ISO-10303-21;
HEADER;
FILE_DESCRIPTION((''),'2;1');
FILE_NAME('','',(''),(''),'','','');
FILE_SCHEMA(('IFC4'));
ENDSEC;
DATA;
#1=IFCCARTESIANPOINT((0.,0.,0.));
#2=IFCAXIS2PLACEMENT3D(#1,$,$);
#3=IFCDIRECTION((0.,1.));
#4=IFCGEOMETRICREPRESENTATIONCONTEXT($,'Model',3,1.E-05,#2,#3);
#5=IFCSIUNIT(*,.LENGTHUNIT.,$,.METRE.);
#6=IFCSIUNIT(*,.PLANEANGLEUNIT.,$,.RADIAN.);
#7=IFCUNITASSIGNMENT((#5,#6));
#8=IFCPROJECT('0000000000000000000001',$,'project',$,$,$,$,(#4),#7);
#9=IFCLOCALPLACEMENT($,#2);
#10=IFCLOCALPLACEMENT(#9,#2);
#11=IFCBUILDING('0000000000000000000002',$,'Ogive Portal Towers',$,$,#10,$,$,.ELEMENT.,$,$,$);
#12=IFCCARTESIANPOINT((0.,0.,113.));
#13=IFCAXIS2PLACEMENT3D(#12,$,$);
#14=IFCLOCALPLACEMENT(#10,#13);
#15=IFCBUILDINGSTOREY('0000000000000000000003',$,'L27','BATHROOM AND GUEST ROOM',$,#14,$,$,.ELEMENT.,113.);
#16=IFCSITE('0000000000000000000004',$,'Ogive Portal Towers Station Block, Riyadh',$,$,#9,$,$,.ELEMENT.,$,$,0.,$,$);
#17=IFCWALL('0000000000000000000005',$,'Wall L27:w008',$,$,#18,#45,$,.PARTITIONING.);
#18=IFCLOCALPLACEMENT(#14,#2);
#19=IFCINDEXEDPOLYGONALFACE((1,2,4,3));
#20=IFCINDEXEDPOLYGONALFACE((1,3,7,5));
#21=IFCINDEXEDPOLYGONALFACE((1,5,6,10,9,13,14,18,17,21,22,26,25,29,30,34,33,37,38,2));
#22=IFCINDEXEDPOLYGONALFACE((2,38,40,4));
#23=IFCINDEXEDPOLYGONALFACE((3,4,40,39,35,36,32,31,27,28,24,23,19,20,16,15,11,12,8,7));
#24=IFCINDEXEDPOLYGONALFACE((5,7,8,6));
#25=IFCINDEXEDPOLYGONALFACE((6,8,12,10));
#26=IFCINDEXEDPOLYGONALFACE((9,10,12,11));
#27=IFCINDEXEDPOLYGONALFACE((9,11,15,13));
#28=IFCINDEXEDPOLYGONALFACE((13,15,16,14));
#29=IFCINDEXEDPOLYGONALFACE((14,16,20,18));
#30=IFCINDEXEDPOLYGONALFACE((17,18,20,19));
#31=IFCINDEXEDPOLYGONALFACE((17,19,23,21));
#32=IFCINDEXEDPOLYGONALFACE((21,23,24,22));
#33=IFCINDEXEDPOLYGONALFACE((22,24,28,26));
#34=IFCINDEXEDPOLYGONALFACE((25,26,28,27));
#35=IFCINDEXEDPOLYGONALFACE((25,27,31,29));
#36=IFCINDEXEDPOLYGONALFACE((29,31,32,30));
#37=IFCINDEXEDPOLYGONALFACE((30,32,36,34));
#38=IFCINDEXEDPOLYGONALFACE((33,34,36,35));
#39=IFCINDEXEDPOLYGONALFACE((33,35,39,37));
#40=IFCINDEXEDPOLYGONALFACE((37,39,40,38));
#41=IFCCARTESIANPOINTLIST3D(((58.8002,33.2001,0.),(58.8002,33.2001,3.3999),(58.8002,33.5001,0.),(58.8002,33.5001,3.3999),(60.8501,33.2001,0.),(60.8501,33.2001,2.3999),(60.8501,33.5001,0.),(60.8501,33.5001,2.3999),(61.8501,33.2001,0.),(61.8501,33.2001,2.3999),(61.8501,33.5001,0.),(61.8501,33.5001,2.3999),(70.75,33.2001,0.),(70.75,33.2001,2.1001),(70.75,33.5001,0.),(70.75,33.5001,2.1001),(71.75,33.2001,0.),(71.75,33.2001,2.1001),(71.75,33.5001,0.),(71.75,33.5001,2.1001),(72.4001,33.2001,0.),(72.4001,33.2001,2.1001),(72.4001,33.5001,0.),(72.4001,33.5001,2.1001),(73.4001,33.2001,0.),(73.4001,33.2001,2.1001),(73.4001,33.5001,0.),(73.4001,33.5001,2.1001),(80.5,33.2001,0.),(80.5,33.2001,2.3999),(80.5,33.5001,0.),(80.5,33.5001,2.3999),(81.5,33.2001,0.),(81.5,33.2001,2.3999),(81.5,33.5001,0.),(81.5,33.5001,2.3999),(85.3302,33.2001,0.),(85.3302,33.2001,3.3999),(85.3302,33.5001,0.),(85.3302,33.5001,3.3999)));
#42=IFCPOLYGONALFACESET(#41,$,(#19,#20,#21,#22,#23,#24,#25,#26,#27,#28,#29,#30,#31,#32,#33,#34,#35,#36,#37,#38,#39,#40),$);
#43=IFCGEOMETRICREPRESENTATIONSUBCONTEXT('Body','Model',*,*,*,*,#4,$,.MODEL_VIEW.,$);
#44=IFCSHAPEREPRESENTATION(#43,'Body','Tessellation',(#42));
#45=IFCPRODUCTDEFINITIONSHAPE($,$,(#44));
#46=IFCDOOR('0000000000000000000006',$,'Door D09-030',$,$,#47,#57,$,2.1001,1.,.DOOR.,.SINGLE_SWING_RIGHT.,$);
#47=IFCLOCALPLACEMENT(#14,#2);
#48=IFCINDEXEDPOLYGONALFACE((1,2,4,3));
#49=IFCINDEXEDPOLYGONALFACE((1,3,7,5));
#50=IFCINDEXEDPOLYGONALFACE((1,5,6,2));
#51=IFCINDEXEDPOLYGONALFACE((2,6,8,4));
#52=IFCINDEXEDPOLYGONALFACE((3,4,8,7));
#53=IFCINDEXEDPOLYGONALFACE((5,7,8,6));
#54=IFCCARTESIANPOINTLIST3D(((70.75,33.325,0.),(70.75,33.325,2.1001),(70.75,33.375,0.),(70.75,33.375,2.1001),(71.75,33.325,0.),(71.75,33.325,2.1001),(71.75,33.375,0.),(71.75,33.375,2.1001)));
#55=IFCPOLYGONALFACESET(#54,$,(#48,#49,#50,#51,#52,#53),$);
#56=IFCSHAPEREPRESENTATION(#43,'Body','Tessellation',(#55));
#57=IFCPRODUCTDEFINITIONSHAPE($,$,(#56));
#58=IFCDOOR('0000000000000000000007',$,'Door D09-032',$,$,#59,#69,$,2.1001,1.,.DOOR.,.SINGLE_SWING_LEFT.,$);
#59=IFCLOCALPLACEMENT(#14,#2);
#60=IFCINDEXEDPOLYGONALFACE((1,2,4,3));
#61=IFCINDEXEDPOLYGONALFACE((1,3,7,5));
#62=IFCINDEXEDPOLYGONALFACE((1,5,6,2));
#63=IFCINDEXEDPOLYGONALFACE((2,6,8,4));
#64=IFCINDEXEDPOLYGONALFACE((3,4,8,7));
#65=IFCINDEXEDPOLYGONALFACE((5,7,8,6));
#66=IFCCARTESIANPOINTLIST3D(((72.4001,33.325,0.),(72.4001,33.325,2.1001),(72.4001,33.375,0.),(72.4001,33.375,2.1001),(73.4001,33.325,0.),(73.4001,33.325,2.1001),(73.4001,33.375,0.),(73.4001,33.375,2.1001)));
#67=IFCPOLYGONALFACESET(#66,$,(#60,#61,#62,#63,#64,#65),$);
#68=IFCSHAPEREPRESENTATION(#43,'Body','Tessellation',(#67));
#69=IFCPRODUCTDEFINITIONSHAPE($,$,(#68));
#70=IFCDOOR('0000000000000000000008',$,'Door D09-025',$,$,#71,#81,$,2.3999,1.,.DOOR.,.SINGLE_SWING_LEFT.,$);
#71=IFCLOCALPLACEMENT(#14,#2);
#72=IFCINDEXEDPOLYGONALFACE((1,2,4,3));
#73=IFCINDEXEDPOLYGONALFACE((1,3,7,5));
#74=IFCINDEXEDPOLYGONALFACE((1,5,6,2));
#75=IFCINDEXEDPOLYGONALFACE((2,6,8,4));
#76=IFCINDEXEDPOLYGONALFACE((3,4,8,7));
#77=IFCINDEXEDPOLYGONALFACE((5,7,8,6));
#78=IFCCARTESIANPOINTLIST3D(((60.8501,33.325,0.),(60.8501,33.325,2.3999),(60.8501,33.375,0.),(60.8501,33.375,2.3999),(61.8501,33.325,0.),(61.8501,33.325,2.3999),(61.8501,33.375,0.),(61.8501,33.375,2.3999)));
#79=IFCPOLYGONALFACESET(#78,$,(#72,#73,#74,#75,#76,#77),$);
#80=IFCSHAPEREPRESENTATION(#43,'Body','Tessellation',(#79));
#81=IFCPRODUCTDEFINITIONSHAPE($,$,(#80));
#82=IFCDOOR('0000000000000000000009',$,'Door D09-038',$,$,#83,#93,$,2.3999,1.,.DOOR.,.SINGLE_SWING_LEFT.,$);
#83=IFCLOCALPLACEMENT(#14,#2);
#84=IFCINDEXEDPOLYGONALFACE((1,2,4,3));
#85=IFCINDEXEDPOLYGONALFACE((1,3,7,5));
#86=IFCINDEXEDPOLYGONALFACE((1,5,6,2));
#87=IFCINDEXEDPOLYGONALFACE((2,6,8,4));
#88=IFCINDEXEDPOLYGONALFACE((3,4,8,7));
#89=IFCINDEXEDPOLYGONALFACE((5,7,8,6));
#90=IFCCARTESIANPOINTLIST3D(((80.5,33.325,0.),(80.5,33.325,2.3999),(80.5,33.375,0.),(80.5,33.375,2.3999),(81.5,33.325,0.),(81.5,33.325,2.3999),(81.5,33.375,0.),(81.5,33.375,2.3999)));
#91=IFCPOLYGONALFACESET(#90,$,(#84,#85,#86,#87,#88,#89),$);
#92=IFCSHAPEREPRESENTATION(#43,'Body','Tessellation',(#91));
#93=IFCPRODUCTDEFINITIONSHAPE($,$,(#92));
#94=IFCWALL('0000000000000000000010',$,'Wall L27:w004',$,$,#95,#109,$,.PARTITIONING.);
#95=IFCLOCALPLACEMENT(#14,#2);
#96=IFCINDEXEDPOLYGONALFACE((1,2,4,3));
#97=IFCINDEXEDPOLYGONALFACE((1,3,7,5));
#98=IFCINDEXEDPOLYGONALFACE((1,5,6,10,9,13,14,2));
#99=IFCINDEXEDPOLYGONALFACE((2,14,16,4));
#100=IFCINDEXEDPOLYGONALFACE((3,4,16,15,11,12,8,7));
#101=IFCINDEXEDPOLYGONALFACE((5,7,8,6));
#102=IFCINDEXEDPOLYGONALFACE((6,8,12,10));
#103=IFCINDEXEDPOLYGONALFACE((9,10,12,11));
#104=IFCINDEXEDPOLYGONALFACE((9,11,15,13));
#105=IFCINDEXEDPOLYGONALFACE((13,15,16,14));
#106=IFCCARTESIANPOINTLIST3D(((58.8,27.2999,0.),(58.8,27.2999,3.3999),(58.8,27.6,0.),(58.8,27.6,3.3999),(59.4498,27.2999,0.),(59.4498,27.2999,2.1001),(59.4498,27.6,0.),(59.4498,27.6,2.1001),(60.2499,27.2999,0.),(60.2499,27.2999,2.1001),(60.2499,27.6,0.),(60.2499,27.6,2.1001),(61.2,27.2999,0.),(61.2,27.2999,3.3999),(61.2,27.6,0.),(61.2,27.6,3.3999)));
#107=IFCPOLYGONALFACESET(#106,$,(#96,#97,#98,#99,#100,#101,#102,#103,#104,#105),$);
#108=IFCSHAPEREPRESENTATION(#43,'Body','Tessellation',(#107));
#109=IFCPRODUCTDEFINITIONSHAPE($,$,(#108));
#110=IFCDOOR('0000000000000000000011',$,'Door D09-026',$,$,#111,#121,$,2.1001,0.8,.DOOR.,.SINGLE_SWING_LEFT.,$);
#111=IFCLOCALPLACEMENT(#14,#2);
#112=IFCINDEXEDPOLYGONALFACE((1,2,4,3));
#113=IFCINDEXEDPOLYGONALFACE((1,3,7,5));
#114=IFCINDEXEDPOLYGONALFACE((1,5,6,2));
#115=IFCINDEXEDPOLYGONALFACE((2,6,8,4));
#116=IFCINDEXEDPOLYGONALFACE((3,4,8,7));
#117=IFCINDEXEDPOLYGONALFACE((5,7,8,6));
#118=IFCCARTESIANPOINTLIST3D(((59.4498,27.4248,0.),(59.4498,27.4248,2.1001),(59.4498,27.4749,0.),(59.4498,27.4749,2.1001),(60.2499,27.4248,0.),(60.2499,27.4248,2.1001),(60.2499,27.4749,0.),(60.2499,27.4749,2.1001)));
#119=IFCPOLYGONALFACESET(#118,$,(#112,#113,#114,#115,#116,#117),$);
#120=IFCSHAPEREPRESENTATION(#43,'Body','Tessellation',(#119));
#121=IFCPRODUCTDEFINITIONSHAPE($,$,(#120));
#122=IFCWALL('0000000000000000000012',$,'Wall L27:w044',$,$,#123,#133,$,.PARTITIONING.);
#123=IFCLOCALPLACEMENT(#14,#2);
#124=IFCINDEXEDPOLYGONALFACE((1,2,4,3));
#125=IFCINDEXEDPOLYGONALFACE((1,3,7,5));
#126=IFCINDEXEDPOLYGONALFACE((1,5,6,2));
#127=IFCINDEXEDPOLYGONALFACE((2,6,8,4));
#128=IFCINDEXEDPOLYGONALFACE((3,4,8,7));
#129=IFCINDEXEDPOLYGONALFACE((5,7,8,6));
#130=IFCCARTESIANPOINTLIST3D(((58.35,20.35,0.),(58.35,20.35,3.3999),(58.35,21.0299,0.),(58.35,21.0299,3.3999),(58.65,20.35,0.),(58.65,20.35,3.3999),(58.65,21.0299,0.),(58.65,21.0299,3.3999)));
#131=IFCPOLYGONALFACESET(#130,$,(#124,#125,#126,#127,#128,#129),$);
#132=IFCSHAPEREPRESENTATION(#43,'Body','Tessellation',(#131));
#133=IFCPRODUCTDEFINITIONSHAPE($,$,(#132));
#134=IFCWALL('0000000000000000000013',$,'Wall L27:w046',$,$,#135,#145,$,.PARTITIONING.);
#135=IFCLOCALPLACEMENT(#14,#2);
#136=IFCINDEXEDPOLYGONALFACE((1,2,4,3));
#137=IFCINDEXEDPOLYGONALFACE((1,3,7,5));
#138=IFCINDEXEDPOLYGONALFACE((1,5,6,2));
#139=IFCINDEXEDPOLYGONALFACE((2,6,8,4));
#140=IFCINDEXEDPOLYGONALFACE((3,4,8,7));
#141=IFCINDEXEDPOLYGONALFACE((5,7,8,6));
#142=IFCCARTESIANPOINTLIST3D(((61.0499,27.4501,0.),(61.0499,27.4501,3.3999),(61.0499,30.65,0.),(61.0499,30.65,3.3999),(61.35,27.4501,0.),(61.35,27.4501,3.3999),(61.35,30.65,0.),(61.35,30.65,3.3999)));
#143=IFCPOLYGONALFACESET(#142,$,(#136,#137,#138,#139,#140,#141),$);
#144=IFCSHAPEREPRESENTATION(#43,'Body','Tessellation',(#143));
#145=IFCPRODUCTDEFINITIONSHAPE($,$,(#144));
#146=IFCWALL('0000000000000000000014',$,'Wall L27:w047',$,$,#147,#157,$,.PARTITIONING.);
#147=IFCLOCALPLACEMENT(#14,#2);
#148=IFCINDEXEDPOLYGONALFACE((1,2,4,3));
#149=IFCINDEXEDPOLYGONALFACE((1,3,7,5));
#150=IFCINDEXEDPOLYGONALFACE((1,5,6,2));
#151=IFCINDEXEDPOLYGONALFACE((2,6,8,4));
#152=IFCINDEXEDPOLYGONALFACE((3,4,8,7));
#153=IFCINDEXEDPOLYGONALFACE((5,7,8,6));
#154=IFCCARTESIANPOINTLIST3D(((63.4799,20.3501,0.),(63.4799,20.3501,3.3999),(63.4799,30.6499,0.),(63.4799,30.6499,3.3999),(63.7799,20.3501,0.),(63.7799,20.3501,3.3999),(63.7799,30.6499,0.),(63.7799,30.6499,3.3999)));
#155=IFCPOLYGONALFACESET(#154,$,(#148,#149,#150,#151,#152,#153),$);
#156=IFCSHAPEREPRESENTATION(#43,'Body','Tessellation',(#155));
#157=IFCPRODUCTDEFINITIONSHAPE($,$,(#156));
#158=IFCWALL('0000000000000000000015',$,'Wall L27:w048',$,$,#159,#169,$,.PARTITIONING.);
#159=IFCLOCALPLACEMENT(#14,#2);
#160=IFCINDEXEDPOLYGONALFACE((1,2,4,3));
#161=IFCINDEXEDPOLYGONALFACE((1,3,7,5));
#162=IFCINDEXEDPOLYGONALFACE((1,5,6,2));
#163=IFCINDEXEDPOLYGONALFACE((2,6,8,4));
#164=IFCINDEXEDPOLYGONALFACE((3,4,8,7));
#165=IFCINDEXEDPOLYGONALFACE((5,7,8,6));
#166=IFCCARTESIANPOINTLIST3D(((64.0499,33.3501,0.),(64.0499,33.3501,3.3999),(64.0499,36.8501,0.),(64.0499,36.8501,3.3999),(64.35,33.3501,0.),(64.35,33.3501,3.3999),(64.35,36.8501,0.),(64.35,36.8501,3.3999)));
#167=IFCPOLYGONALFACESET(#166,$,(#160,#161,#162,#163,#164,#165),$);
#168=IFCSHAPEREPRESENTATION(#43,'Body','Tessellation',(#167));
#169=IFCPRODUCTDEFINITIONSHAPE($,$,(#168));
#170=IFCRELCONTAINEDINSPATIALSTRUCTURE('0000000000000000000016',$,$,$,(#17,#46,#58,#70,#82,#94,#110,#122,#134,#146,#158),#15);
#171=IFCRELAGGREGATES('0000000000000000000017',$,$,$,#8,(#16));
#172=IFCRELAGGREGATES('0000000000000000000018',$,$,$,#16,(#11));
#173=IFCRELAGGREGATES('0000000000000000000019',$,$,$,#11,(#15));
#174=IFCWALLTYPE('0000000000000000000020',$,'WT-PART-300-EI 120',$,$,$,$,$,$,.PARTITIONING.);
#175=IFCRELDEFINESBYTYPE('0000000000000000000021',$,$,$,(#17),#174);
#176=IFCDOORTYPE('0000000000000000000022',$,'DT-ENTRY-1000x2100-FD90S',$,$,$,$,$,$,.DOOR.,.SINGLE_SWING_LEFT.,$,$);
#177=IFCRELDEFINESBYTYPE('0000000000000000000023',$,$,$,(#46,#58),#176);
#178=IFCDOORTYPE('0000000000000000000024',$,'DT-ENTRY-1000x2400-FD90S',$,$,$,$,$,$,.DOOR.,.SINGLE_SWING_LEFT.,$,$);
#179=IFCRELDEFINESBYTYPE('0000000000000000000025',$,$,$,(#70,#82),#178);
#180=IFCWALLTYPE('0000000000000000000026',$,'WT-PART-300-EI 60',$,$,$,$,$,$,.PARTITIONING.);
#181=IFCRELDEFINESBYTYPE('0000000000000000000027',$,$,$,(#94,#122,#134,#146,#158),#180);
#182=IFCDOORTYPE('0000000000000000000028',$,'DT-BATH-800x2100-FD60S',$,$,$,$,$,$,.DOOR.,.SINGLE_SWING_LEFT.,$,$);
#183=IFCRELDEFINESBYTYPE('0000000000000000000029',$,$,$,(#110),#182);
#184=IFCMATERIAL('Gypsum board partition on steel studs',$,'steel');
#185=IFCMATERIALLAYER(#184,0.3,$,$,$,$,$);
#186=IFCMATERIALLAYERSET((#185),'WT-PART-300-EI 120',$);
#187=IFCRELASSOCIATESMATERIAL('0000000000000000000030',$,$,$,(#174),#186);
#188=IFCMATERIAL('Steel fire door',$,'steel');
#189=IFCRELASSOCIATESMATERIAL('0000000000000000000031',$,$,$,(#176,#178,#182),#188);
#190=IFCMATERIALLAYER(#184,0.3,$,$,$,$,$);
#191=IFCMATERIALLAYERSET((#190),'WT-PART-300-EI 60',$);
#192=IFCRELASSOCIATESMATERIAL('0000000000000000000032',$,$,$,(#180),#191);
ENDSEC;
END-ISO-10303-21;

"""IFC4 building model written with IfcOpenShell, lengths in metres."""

from ifc_helpers import new_model, si_unit, direction, frame, frame_2d, origin, place, context, subcontext, project, spatial, rectangle, extrude, material, layer, layer_set, type_object, element, fill, save


model = new_model("IFC4")

# Units and contexts
model_context = context("Model", 3, precision=1e-05, world=origin(), true_north=direction((0.0, 1.0)))
body_context = subcontext(model_context, "Body", "Model", "MODEL_VIEW")
ifc_project = project(units=[si_unit("LENGTHUNIT", "METRE"), si_unit("PLANEANGLEUNIT", "RADIAN")], contexts=[model_context])

# Site, building, storey
site_placement = place(None, origin())
site = spatial("IfcSite", under=ifc_project, at=site_placement, Name="Ogive Portal Towers Station Block, Riyadh", CompositionType="ELEMENT", RefElevation=0.0)
building_placement = place(site_placement, origin())
building = spatial("IfcBuilding", under=site, at=building_placement, Name="Ogive Portal Towers", CompositionType="ELEMENT")
storey_placement = place(building_placement, frame((0.0, 0.0, 113.0)))
storey = spatial("IfcBuildingStorey", under=building, at=storey_placement, Name="L27", Description="BATHROOM AND GUEST ROOM", CompositionType="ELEMENT", Elevation=113.0)

# Shared definitions
ifc_material_1 = material(Name="Steel fire door", Category="steel")

# Wall, openings, doors
ifc_material_2 = material(Name="Gypsum board partition on steel studs", Category="steel")
ifc_layer_1 = layer(ifc_material_2, 0.3)
ifc_layer_set_1 = layer_set([ifc_layer_1], Name="WT-PART-300-EI 120")
wall_type_1 = type_object("IfcWallType", Name="WT-PART-300-EI 120", PredefinedType="PARTITIONING", material=ifc_layer_set_1)
door_type_1 = type_object("IfcDoorType", Name="DT-ENTRY-1000x2100-FD90S", OperationType="SINGLE_SWING_LEFT", PredefinedType="DOOR", material=ifc_material_1)
door_type_2 = type_object("IfcDoorType", Name="DT-ENTRY-1000x2400-FD90S", OperationType="SINGLE_SWING_LEFT", PredefinedType="DOOR", material=ifc_material_1)
wall_1_placement = place(storey_placement, frame((58.8, 33.3501, 0.0), z_axis=(0.0, 0.0, 1.0), x_axis=(1.0, 0.0, 0.0)))
wall_1 = element("IfcWall", 1, at=wall_1_placement, inside=storey, type_object=wall_type_1, Name="Wall L27:w008", PredefinedType="PARTITIONING", context=body_context, shape_type="SweptSolid", body=[
    extrude(rectangle(XDim=26.53, YDim=0.3, at=frame_2d((13.2651, 0.0))), origin(), (0.0, 0.0, 1.0), 3.3999),
])
opening_1_placement = place(wall_1_placement, frame((2.05, 0.0, 0.0)))
opening_1 = element("IfcOpeningElement", 2, at=opening_1_placement, cuts=wall_1, PredefinedType="OPENING", context=body_context, shape_type="SweptSolid", body=[
    extrude(rectangle(XDim=1.0, YDim=2.3999, at=frame_2d((0.5, 1.2))), frame((0.0, 0.1602, 0.0), z_axis=(0.0, -1.0, 0.0), x_axis=(1.0, 0.0, 0.0)), (0.0, 0.0, 1.0), 0.3201),
])
opening_2_placement = place(wall_1_placement, frame((11.95, 0.0, 0.0)))
opening_2 = element("IfcOpeningElement", 3, at=opening_2_placement, cuts=wall_1, PredefinedType="OPENING", context=body_context, shape_type="SweptSolid", body=[
    extrude(rectangle(XDim=1.0, YDim=2.1001, at=frame_2d((0.5, 1.05))), frame((0.0, 0.1602, 0.0), z_axis=(0.0, -1.0, 0.0), x_axis=(1.0, 0.0, 0.0)), (0.0, 0.0, 1.0), 0.3201),
])
opening_3_placement = place(wall_1_placement, frame((13.6001, 0.0, 0.0)))
opening_3 = element("IfcOpeningElement", 4, at=opening_3_placement, cuts=wall_1, PredefinedType="OPENING", context=body_context, shape_type="SweptSolid", body=[
    extrude(rectangle(XDim=1.0, YDim=2.1001, at=frame_2d((0.5, 1.05))), frame((0.0, 0.1602, 0.0), z_axis=(0.0, -1.0, 0.0), x_axis=(1.0, 0.0, 0.0)), (0.0, 0.0, 1.0), 0.3201),
])
opening_4_placement = place(wall_1_placement, frame((21.7, 0.0, 0.0)))
opening_4 = element("IfcOpeningElement", 5, at=opening_4_placement, cuts=wall_1, PredefinedType="OPENING", context=body_context, shape_type="SweptSolid", body=[
    extrude(rectangle(XDim=1.0, YDim=2.3999, at=frame_2d((0.5, 1.2))), frame((0.0, 0.1602, 0.0), z_axis=(0.0, -1.0, 0.0), x_axis=(1.0, 0.0, 0.0)), (0.0, 0.0, 1.0), 0.3201),
])
door_1_placement = place(opening_2_placement, origin())
door_1 = element("IfcDoor", 6, at=door_1_placement, inside=storey, type_object=door_type_1, Name="Door D09-030", OperationType="SINGLE_SWING_RIGHT", OverallHeight=2.1001, OverallWidth=1.0, PredefinedType="DOOR", context=body_context, shape_type="SweptSolid", body=[
    extrude(rectangle(XDim=1.0, YDim=2.1001, at=frame_2d((0.5, 1.05))), frame((0.0, 0.0249, 0.0), z_axis=(0.0, -1.0, 0.0), x_axis=(1.0, 0.0, 0.0)), (0.0, 0.0, 1.0), 0.05),
])
fill(opening_2, door_1)
door_2_placement = place(opening_3_placement, origin())
door_2 = element("IfcDoor", 7, at=door_2_placement, inside=storey, type_object=door_type_1, Name="Door D09-032", OperationType="SINGLE_SWING_LEFT", OverallHeight=2.1001, OverallWidth=1.0, PredefinedType="DOOR", context=body_context, shape_type="SweptSolid", body=[
    extrude(rectangle(XDim=1.0, YDim=2.1001, at=frame_2d((0.5, 1.05))), frame((0.0, 0.0249, 0.0), z_axis=(0.0, -1.0, 0.0), x_axis=(1.0, 0.0, 0.0)), (0.0, 0.0, 1.0), 0.05),
])
fill(opening_3, door_2)
door_3_placement = place(opening_1_placement, origin())
door_3 = element("IfcDoor", 8, at=door_3_placement, inside=storey, type_object=door_type_2, Name="Door D09-025", OperationType="SINGLE_SWING_LEFT", OverallHeight=2.3999, OverallWidth=1.0, PredefinedType="DOOR", context=body_context, shape_type="SweptSolid", body=[
    extrude(rectangle(XDim=1.0, YDim=2.3999, at=frame_2d((0.5, 1.2))), frame((0.0, 0.0249, 0.0), z_axis=(0.0, -1.0, 0.0), x_axis=(1.0, 0.0, 0.0)), (0.0, 0.0, 1.0), 0.05),
])
fill(opening_1, door_3)
door_4_placement = place(opening_4_placement, origin())
door_4 = element("IfcDoor", 9, at=door_4_placement, inside=storey, type_object=door_type_2, Name="Door D09-038", OperationType="SINGLE_SWING_LEFT", OverallHeight=2.3999, OverallWidth=1.0, PredefinedType="DOOR", context=body_context, shape_type="SweptSolid", body=[
    extrude(rectangle(XDim=1.0, YDim=2.3999, at=frame_2d((0.5, 1.2))), frame((0.0, 0.0249, 0.0), z_axis=(0.0, -1.0, 0.0), x_axis=(1.0, 0.0, 0.0)), (0.0, 0.0, 1.0), 0.05),
])
fill(opening_4, door_4)

# Wall, opening, door
ifc_layer_2 = layer(ifc_material_2, 0.3)
ifc_layer_set_2 = layer_set([ifc_layer_2], Name="WT-PART-300-EI 60")
wall_type_2 = type_object("IfcWallType", Name="WT-PART-300-EI 60", PredefinedType="PARTITIONING", material=ifc_layer_set_2)
wall_2_placement = place(storey_placement, frame((58.8, 27.45, 0.0), z_axis=(0.0, 0.0, 1.0), x_axis=(1.0, 0.0, 0.0)))
wall_2 = element("IfcWall", 10, at=wall_2_placement, inside=storey, type_object=wall_type_2, Name="Wall L27:w004", PredefinedType="PARTITIONING", context=body_context, shape_type="SweptSolid", body=[
    extrude(rectangle(XDim=2.3999, YDim=0.3, at=frame_2d((1.2, 0.0))), origin(), (0.0, 0.0, 1.0), 3.3999),
])
opening_5_placement = place(wall_2_placement, frame((0.6499, 0.0, 0.0)))
opening_5 = element("IfcOpeningElement", 11, at=opening_5_placement, cuts=wall_2, PredefinedType="OPENING", context=body_context, shape_type="SweptSolid", body=[
    extrude(rectangle(XDim=0.8, YDim=2.1001, at=frame_2d((0.3999, 1.05))), frame((0.0, 0.1602, 0.0), z_axis=(0.0, -1.0, 0.0), x_axis=(1.0, 0.0, 0.0)), (0.0, 0.0, 1.0), 0.3201),
])
door_type_3 = type_object("IfcDoorType", Name="DT-BATH-800x2100-FD60S", OperationType="SINGLE_SWING_LEFT", PredefinedType="DOOR", material=ifc_material_1)
door_5_placement = place(opening_5_placement, origin())
door_5 = element("IfcDoor", 12, at=door_5_placement, inside=storey, type_object=door_type_3, Name="Door D09-026", OperationType="SINGLE_SWING_LEFT", OverallHeight=2.1001, OverallWidth=0.8, PredefinedType="DOOR", context=body_context, shape_type="SweptSolid", body=[
    extrude(rectangle(XDim=0.8, YDim=2.1001, at=frame_2d((0.3999, 1.05))), frame((0.0, 0.0249, 0.0), z_axis=(0.0, -1.0, 0.0), x_axis=(1.0, 0.0, 0.0)), (0.0, 0.0, 1.0), 0.05),
])
fill(opening_5, door_5)

# Walls
wall_3_placement = place(storey_placement, frame((58.5, 20.3501, 0.0), z_axis=(0.0, 0.0, 1.0), x_axis=(0.0, 1.0, 0.0)))
element("IfcWall", 13, at=wall_3_placement, inside=storey, type_object=wall_type_2, Name="Wall L27:w044", PredefinedType="PARTITIONING", context=body_context, shape_type="SweptSolid", body=[
    extrude(rectangle(XDim=0.6799, YDim=0.3, at=frame_2d((0.3398, 0.0))), origin(), (0.0, 0.0, 1.0), 3.3999),
])
wall_4_placement = place(storey_placement, frame((61.2, 27.45, 0.0), z_axis=(0.0, 0.0, 1.0), x_axis=(0.0, 1.0, 0.0)))
element("IfcWall", 14, at=wall_4_placement, inside=storey, type_object=wall_type_2, Name="Wall L27:w046", PredefinedType="PARTITIONING", context=body_context, shape_type="SweptSolid", body=[
    extrude(rectangle(XDim=3.2, YDim=0.3, at=frame_2d((1.6001, 0.0))), origin(), (0.0, 0.0, 1.0), 3.3999),
])
wall_5_placement = place(storey_placement, frame((63.6299, 20.3501, 0.0), z_axis=(0.0, 0.0, 1.0), x_axis=(0.0, 1.0, 0.0)))
element("IfcWall", 15, at=wall_5_placement, inside=storey, type_object=wall_type_2, Name="Wall L27:w047", PredefinedType="PARTITIONING", context=body_context, shape_type="SweptSolid", body=[
    extrude(rectangle(XDim=10.2998, YDim=0.3, at=frame_2d((5.1499, 0.0))), origin(), (0.0, 0.0, 1.0), 3.3999),
])
wall_6_placement = place(storey_placement, frame((64.2, 33.3501, 0.0), z_axis=(0.0, 0.0, 1.0), x_axis=(0.0, 1.0, 0.0)))
element("IfcWall", 16, at=wall_6_placement, inside=storey, type_object=wall_type_2, Name="Wall L27:w048", PredefinedType="PARTITIONING", context=body_context, shape_type="SweptSolid", body=[
    extrude(rectangle(XDim=3.5, YDim=0.3, at=frame_2d((1.75, 0.0))), origin(), (0.0, 0.0, 1.0), 3.3999),
])

save(model, "model.ifc")
